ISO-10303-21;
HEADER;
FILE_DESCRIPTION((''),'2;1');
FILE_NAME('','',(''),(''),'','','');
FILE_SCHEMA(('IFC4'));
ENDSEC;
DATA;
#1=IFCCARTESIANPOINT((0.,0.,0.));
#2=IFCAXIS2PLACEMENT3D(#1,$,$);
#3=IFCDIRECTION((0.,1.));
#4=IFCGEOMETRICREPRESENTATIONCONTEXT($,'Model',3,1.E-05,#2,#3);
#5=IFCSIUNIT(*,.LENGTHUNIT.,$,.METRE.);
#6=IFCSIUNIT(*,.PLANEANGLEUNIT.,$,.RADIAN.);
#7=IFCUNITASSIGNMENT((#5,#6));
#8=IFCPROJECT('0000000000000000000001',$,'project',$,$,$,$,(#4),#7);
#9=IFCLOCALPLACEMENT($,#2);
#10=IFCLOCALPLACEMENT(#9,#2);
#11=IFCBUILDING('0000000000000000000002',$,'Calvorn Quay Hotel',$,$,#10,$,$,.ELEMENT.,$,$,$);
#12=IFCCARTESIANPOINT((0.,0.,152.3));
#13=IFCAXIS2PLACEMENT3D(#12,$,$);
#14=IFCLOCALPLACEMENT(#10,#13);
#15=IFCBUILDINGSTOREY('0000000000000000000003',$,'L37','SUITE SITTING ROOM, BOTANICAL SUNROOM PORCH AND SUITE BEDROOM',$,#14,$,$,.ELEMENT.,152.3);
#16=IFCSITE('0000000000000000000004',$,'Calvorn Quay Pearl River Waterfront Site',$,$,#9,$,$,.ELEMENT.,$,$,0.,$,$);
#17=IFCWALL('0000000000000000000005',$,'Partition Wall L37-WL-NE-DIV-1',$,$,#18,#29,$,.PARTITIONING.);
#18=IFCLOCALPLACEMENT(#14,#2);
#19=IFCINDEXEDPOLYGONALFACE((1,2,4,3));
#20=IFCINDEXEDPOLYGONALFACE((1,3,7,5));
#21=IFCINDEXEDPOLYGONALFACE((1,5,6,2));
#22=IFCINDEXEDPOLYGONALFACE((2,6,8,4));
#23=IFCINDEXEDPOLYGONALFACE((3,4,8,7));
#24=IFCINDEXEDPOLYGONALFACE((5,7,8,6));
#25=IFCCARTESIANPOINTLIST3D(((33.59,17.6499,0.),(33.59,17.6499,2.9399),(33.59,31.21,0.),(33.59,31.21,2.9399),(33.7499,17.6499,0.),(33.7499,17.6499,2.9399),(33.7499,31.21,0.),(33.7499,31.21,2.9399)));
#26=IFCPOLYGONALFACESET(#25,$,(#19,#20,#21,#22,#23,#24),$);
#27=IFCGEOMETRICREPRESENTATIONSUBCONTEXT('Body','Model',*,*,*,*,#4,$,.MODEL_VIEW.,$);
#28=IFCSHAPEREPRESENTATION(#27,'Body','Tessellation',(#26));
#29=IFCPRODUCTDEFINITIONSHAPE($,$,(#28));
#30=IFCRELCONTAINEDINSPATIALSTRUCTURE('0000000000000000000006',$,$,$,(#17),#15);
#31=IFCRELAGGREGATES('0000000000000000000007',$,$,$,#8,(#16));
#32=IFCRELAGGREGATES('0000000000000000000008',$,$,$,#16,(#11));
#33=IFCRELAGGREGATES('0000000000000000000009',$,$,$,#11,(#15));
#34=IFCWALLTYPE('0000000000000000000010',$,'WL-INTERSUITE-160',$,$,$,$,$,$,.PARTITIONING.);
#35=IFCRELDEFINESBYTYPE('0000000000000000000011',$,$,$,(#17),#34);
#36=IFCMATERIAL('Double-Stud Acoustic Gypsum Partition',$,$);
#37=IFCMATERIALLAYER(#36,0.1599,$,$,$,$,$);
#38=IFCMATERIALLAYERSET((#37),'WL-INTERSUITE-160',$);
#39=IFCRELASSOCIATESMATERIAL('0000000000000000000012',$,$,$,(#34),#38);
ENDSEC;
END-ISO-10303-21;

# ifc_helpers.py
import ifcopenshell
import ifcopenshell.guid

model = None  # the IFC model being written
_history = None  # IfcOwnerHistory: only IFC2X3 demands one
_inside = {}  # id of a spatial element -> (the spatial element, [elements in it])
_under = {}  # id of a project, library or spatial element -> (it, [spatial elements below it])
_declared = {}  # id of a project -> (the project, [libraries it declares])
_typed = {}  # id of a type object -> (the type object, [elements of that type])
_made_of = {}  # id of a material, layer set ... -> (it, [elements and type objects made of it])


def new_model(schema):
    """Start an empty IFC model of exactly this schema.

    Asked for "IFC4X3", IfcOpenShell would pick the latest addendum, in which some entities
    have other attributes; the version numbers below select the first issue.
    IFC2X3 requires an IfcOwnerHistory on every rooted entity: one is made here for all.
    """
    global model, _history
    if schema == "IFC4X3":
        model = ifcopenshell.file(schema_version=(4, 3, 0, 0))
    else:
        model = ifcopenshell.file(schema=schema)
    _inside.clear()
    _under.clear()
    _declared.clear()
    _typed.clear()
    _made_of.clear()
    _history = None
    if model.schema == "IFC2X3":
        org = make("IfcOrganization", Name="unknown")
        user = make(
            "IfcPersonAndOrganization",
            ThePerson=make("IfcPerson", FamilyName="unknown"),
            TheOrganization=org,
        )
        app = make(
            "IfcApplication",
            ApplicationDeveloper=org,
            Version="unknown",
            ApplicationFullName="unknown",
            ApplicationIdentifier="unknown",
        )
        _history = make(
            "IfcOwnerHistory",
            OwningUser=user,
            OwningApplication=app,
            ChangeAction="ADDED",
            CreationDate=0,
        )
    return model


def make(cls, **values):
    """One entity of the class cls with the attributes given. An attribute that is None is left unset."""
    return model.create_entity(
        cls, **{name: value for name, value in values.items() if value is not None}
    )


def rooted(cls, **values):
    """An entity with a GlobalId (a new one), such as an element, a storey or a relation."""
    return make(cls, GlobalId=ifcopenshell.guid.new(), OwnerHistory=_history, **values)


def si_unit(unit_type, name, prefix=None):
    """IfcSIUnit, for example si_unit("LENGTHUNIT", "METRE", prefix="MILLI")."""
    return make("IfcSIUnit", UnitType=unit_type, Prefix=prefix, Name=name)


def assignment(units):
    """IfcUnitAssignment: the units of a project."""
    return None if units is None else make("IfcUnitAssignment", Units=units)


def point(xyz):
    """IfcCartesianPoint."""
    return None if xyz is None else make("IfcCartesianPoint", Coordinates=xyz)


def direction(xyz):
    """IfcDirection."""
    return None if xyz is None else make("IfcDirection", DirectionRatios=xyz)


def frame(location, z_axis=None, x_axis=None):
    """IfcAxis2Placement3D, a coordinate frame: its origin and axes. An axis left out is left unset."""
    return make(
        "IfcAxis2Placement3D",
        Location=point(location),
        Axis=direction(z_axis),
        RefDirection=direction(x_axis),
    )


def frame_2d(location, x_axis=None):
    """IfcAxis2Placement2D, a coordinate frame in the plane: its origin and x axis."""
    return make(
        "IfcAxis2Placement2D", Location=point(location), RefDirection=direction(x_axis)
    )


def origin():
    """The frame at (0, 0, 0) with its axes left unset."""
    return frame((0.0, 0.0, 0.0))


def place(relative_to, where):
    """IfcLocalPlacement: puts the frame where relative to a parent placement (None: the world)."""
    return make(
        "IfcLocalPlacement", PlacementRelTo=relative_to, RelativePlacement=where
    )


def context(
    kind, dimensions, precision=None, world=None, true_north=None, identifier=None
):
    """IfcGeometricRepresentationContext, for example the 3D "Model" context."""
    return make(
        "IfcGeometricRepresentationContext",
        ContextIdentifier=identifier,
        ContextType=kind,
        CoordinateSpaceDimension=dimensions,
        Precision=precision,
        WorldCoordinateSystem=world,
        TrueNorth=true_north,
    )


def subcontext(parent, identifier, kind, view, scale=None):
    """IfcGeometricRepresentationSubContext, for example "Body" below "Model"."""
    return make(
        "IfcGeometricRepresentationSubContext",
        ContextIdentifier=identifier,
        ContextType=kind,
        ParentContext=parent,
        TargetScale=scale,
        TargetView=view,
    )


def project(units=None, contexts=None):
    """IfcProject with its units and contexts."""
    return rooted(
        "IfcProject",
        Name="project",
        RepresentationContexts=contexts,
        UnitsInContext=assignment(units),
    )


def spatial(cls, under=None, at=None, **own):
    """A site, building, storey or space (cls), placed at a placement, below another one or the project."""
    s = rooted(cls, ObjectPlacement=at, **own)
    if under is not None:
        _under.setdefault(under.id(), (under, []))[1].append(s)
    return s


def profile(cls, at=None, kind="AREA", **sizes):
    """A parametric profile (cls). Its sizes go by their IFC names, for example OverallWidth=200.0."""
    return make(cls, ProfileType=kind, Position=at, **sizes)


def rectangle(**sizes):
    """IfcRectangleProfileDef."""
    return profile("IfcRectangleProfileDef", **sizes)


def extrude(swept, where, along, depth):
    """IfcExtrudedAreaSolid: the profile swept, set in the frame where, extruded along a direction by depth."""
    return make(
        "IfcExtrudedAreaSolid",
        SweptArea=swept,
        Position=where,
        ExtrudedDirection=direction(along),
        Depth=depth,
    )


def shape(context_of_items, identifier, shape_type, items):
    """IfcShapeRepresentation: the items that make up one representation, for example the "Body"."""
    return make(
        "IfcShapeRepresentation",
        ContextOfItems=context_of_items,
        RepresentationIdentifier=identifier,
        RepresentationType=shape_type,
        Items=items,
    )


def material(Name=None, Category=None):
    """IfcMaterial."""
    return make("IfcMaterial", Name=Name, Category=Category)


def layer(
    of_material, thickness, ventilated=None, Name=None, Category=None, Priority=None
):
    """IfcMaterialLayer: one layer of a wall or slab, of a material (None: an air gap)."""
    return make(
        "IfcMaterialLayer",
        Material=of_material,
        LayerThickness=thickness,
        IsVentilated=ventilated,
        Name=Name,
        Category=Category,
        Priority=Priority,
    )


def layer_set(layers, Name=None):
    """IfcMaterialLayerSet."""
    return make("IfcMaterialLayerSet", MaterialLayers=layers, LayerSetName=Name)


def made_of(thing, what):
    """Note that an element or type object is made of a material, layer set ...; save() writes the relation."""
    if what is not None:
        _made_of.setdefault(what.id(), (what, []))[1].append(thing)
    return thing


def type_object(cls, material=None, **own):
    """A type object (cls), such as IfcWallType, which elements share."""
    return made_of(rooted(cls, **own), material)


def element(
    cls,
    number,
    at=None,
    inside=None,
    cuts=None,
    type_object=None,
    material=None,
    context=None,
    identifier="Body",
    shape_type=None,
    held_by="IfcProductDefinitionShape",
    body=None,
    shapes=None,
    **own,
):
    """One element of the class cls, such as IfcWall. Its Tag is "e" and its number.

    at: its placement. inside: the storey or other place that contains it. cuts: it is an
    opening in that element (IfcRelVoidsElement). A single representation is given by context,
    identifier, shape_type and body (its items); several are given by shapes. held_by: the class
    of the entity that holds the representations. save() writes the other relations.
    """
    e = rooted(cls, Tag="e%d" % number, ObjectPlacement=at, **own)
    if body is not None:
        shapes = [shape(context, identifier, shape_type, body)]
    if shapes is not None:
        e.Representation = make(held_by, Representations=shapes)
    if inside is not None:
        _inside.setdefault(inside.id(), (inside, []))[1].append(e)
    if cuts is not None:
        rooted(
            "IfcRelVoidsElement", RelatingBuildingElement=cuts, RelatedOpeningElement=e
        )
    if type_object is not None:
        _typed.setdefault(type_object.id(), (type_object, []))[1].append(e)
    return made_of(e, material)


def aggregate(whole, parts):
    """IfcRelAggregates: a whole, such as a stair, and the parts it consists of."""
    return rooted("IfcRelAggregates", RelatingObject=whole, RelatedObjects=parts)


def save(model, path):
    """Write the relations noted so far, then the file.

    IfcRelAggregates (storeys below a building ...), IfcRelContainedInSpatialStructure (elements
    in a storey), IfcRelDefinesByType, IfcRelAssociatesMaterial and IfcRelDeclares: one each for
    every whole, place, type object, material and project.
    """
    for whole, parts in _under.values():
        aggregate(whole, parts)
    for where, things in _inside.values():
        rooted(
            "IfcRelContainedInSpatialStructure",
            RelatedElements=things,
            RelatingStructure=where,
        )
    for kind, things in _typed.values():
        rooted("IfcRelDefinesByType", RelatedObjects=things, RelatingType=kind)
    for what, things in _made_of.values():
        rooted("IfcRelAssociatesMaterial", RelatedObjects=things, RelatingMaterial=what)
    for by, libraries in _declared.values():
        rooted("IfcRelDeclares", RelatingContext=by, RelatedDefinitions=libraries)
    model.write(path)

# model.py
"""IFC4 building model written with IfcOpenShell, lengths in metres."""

from ifc_helpers import new_model, si_unit, direction, frame, frame_2d, origin, place, context, subcontext, project, spatial, rectangle, extrude, material, layer, layer_set, type_object, element, save


model = new_model("IFC4")

# Units and contexts
model_context = context("Model", 3, precision=1e-05, world=origin(), true_north=direction((0.0, 1.0)))
body_context = subcontext(model_context, "Body", "Model", "MODEL_VIEW")
ifc_project = project(units=[si_unit("LENGTHUNIT", "METRE"), si_unit("PLANEANGLEUNIT", "RADIAN")], contexts=[model_context])

# Site, building, storey
site_placement = place(None, origin())
site = spatial("IfcSite", under=ifc_project, at=site_placement, Name="Calvorn Quay Pearl River Waterfront Site", CompositionType="ELEMENT", RefElevation=0.0)
building_placement = place(site_placement, origin())
building = spatial("IfcBuilding", under=site, at=building_placement, Name="Calvorn Quay Hotel", CompositionType="ELEMENT")
storey_placement = place(building_placement, frame((0.0, 0.0, 152.3)))
storey = spatial("IfcBuildingStorey", under=building, at=storey_placement, Name="L37", Description="SUITE SITTING ROOM, BOTANICAL SUNROOM PORCH AND SUITE BEDROOM", CompositionType="ELEMENT", Elevation=152.3)

# Wall
ifc_material_1 = material(Name="Double-Stud Acoustic Gypsum Partition")
ifc_layer_1 = layer(ifc_material_1, 0.1599)
ifc_layer_set_1 = layer_set([ifc_layer_1], Name="WL-INTERSUITE-160")
wall_type_1 = type_object("IfcWallType", Name="WL-INTERSUITE-160", PredefinedType="PARTITIONING", material=ifc_layer_set_1)
wall_1_placement = place(storey_placement, frame((33.6699, 17.6499, 0.0), z_axis=(0.0, 0.0, 1.0), x_axis=(0.0, 1.0, 0.0)))
element("IfcWall", 1, at=wall_1_placement, inside=storey, type_object=wall_type_1, Name="Partition Wall L37-WL-NE-DIV-1", PredefinedType="PARTITIONING", context=body_context, shape_type="SweptSolid", body=[
    extrude(rectangle(XDim=13.5601, YDim=0.1599, at=frame_2d((6.78, 0.0))), origin(), (0.0, 0.0, 1.0), 2.9399),
])

save(model, "model.ifc")
